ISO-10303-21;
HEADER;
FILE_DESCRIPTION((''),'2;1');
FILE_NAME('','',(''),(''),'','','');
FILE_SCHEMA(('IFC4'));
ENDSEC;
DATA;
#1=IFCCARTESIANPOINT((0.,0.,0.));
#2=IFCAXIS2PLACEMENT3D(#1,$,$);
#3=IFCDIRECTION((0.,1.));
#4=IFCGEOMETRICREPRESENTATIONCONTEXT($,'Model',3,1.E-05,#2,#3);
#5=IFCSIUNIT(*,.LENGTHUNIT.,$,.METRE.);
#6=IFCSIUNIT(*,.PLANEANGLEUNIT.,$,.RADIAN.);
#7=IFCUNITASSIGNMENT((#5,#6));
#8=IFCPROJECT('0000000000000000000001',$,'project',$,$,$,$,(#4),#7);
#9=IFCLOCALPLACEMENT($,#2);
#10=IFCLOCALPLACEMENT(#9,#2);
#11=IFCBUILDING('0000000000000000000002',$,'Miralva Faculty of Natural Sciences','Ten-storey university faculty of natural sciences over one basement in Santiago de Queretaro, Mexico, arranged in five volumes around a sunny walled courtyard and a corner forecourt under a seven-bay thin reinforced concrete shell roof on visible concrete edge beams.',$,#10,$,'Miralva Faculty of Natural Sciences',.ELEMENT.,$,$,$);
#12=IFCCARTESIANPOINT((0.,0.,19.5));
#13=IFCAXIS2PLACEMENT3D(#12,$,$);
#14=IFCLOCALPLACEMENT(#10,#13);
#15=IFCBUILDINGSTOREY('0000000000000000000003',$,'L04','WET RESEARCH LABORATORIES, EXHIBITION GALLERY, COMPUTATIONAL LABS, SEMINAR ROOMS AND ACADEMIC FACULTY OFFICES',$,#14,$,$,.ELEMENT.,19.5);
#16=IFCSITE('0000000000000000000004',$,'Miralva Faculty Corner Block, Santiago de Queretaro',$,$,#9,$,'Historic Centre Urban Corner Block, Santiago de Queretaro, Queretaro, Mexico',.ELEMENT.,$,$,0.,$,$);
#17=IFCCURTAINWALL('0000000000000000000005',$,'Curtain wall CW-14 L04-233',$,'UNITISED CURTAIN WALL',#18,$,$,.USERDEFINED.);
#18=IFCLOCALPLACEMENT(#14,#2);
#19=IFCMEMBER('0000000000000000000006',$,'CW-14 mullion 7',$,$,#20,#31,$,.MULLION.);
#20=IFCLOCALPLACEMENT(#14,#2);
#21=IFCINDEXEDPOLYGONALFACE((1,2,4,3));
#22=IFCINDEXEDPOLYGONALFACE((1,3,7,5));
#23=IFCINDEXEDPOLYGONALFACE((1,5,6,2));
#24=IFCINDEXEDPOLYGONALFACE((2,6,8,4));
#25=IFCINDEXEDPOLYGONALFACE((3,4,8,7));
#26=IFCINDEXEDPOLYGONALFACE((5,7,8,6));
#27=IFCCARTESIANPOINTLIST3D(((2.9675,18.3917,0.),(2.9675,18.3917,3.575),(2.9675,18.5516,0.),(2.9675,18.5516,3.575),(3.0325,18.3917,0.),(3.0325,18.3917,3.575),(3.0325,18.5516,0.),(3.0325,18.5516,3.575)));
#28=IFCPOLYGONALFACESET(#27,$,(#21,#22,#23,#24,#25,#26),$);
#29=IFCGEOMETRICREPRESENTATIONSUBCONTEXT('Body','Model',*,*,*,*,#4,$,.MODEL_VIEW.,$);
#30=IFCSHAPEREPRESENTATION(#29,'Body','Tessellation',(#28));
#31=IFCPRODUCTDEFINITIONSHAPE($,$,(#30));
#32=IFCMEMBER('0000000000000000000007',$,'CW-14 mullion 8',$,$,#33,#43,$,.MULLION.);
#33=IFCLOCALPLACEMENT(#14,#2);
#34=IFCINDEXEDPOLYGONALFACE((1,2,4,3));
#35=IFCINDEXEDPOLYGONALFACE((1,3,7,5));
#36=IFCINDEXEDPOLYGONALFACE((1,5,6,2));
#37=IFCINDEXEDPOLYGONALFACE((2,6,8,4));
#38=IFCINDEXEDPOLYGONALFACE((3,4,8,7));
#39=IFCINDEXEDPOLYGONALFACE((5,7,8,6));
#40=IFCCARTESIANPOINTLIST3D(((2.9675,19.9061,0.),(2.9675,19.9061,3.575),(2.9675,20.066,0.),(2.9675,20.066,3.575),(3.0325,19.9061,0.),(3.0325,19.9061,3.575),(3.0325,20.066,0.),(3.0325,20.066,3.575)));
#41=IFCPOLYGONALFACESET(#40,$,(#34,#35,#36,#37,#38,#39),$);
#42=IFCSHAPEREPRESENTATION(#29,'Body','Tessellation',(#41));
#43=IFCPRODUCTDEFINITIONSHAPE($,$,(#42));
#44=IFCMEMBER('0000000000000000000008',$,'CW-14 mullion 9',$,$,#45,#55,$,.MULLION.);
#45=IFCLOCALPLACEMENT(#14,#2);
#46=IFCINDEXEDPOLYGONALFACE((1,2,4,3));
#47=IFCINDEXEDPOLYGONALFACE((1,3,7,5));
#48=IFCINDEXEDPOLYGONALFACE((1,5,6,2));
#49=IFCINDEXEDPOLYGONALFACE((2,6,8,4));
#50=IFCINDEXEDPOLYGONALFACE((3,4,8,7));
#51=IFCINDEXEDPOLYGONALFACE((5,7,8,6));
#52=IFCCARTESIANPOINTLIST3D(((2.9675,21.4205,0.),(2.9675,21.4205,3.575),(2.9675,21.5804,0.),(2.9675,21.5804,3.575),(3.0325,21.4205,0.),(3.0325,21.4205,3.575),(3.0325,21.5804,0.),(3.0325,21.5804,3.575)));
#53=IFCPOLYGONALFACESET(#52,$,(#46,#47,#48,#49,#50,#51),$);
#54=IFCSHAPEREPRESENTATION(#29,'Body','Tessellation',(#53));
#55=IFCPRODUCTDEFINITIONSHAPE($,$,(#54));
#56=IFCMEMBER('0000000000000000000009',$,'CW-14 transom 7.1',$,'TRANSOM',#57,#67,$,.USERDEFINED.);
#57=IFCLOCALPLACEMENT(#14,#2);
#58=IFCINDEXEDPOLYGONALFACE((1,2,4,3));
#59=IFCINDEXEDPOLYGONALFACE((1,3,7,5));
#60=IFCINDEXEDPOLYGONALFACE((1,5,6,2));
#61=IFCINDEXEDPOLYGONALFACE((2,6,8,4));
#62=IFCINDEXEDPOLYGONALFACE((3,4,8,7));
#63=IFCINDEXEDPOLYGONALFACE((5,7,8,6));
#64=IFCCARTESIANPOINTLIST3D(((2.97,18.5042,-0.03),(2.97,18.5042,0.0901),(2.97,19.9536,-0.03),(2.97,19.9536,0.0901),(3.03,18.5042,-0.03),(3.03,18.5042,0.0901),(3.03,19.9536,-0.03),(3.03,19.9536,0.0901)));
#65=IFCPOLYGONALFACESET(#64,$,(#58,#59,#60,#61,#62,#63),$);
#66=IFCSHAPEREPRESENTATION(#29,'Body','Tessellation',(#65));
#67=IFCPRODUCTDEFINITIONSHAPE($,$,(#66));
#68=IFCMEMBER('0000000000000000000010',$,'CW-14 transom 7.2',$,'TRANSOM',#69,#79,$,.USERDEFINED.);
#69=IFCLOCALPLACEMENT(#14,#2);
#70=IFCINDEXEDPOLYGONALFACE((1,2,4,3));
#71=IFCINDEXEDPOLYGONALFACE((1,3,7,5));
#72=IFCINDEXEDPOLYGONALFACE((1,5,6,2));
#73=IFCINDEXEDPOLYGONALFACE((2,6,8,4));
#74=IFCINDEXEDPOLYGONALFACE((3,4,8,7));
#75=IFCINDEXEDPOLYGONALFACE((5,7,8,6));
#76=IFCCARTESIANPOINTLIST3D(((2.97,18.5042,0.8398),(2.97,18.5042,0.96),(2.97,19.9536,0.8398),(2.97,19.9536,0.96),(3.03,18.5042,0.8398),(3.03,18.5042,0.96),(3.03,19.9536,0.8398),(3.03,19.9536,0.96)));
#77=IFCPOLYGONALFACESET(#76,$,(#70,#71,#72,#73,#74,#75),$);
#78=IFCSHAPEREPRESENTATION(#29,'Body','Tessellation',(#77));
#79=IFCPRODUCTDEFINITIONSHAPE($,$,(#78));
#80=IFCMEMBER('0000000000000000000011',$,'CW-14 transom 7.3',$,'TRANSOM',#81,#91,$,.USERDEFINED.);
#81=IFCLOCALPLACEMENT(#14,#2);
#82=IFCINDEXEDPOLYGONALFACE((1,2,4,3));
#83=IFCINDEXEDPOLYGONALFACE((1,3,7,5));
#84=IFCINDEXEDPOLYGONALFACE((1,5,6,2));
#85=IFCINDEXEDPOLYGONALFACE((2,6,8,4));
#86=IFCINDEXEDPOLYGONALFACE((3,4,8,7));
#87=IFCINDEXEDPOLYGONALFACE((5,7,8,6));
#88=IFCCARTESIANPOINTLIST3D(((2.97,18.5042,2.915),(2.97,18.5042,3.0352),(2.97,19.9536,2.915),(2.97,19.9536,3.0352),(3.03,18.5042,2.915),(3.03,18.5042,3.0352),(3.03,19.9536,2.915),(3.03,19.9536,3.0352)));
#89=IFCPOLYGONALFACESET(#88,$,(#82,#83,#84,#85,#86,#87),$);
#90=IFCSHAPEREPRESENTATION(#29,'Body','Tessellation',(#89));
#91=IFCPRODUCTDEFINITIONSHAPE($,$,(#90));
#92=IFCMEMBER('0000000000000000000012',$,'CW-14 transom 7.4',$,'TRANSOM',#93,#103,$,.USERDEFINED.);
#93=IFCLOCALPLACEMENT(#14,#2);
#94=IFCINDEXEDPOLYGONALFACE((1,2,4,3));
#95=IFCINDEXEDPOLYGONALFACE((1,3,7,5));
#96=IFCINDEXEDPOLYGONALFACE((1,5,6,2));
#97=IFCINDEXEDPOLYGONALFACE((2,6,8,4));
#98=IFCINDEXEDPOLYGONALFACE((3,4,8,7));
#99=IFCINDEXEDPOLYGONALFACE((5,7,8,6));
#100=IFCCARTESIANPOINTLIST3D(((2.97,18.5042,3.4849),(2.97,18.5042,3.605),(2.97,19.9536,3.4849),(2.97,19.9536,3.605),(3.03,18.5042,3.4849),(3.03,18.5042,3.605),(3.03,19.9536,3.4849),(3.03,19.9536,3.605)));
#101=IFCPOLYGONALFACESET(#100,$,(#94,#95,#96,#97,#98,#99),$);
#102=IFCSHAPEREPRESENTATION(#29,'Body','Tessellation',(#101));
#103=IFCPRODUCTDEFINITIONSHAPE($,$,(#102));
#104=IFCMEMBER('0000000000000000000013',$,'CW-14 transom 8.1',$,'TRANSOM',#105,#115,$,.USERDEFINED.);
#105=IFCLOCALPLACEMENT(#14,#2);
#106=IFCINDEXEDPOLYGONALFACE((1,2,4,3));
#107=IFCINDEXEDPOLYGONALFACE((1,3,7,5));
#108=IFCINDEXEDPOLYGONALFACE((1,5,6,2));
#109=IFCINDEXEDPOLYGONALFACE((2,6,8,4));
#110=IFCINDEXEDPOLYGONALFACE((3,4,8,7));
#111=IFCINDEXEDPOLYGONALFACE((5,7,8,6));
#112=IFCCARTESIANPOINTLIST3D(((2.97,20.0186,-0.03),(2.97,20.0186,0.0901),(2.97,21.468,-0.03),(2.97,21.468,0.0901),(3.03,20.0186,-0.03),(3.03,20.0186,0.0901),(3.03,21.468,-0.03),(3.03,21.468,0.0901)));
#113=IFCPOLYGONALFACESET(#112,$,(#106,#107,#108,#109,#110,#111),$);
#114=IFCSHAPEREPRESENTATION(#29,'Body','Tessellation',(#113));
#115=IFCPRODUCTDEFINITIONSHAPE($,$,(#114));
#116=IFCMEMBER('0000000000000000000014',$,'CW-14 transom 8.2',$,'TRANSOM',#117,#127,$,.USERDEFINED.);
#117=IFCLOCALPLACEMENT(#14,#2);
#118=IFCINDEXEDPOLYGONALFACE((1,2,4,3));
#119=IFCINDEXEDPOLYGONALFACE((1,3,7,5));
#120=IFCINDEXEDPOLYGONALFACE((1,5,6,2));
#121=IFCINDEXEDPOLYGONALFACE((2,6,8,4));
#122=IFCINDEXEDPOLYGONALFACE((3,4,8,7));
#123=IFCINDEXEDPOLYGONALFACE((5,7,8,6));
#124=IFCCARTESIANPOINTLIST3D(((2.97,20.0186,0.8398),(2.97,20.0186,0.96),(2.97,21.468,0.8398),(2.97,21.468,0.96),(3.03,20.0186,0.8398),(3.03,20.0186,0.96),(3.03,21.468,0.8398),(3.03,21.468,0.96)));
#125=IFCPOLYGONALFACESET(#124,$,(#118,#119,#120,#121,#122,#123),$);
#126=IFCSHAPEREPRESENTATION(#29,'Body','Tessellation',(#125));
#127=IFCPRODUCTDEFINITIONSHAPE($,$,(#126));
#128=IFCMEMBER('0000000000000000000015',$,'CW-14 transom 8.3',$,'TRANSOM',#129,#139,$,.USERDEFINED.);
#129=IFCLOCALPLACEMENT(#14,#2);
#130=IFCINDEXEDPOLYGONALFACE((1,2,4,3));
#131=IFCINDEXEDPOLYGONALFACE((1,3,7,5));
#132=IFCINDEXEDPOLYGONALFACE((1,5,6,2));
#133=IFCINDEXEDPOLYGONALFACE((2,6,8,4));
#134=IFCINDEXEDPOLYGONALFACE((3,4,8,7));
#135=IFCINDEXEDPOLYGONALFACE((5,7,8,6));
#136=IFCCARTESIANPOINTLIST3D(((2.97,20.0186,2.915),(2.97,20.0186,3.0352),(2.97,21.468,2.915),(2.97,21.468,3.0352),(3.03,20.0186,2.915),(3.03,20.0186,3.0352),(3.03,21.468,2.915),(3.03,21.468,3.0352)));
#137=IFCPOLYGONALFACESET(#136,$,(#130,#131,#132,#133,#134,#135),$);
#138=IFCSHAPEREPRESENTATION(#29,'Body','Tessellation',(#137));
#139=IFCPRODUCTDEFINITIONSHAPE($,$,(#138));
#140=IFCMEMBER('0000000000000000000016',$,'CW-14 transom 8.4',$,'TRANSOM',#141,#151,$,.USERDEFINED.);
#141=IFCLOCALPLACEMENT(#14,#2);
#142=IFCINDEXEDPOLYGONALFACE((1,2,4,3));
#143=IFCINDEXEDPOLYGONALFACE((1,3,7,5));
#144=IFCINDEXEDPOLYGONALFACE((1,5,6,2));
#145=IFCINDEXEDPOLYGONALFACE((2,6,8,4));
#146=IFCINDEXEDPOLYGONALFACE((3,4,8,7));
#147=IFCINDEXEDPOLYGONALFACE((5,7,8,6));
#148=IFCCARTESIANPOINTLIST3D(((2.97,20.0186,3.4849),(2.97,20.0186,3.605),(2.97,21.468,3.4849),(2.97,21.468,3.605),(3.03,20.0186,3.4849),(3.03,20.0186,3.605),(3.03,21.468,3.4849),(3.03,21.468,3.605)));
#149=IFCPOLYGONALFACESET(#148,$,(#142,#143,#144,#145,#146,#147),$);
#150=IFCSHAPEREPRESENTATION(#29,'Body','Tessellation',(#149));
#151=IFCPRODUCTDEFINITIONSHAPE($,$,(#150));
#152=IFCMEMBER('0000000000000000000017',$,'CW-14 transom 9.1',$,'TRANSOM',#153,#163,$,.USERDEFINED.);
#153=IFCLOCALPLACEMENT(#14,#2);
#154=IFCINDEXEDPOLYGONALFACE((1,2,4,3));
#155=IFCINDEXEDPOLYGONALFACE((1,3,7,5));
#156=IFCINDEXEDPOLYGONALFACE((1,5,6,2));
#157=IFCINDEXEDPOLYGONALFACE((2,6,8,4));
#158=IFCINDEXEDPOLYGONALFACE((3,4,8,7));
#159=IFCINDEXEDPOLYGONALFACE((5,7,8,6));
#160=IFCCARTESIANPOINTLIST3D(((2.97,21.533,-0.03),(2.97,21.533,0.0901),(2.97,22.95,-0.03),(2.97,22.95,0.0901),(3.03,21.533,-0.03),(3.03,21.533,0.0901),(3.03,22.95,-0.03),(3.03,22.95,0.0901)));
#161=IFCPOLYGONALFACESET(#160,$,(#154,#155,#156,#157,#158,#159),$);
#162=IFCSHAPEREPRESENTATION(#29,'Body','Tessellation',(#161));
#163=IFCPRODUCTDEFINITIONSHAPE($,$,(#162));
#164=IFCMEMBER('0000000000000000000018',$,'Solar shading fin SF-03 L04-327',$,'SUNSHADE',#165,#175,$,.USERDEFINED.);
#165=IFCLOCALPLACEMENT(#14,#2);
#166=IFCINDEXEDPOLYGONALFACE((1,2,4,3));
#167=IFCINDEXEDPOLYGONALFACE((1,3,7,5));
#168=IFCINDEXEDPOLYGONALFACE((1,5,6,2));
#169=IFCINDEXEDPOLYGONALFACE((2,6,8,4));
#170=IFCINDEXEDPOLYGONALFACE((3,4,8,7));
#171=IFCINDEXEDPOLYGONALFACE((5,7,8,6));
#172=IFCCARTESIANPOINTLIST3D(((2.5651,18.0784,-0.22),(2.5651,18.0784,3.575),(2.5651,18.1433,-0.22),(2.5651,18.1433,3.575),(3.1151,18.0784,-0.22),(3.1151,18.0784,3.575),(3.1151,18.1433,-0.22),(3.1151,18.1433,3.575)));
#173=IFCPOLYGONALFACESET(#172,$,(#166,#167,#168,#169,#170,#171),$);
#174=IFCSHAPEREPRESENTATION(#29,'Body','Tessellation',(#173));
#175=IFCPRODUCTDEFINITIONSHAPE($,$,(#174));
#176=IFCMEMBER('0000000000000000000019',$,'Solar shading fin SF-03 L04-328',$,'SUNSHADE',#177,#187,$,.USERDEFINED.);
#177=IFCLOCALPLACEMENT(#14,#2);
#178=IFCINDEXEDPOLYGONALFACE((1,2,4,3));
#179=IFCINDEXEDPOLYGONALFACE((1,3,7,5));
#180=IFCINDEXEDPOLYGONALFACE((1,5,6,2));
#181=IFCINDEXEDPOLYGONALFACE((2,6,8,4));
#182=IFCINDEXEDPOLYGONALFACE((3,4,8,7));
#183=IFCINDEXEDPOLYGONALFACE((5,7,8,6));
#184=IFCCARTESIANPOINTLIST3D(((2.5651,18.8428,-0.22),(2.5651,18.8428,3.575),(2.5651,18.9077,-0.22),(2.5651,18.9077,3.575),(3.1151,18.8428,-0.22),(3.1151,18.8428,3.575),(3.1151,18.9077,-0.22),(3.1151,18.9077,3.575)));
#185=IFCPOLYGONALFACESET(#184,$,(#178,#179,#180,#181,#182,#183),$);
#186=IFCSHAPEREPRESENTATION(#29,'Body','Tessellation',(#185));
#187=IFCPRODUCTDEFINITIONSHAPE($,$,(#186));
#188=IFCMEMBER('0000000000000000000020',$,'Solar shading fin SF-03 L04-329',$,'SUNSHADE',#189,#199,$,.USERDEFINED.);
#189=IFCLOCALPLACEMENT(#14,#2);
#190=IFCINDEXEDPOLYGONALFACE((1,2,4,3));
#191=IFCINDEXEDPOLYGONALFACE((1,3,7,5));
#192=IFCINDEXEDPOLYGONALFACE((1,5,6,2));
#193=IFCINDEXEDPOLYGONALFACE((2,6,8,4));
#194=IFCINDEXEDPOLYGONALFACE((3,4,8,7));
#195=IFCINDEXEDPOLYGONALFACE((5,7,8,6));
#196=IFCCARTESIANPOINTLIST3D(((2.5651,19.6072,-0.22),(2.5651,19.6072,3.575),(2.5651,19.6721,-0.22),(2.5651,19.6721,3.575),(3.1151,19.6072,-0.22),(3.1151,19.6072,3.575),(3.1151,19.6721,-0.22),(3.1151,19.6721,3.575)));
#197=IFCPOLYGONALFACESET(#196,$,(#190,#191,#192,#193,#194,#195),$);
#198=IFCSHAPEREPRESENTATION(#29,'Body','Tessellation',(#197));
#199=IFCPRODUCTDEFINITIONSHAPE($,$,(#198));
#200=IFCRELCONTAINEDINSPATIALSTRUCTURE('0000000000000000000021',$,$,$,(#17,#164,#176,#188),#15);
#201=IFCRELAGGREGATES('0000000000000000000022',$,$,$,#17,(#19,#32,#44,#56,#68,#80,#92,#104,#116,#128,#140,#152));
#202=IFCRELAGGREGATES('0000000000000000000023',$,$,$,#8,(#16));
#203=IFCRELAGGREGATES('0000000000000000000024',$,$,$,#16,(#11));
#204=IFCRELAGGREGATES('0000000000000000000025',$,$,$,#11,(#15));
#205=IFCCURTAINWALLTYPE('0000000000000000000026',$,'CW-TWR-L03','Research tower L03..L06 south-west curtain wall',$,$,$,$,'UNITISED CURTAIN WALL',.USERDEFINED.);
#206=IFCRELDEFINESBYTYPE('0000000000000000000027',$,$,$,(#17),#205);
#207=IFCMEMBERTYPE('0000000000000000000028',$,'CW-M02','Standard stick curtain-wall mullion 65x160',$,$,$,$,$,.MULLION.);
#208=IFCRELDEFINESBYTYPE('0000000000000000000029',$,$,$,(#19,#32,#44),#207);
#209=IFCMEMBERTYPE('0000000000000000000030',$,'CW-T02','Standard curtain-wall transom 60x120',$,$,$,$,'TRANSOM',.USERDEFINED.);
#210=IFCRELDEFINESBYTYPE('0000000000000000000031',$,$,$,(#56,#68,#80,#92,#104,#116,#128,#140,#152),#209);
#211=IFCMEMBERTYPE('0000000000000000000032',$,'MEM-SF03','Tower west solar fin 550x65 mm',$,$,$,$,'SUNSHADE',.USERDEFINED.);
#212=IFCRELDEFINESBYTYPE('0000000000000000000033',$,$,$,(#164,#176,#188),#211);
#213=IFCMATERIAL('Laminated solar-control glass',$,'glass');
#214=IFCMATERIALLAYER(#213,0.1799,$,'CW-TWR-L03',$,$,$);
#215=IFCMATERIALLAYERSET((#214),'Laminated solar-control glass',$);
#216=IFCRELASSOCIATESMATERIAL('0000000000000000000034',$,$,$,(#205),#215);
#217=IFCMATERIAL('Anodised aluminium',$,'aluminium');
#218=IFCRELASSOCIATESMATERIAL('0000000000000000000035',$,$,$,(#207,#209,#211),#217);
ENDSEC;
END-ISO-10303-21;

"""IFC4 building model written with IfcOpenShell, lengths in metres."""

from ifc_helpers import new_model, si_unit, direction, frame, origin, origin_2d, place, context, subcontext, project, spatial, rectangle, extrude, material, layer, layer_set, material_profile, profile_set, type_object, element, aggregate, save


model = new_model("IFC4")

# Units and contexts
model_context = context("Model", 3, precision=1e-05, world=origin(), true_north=direction((0.0, 1.0)))
body_context = subcontext(model_context, "Body", "Model", "MODEL_VIEW")
ifc_project = project(units=[si_unit("LENGTHUNIT", "METRE"), si_unit("PLANEANGLEUNIT", "RADIAN")], contexts=[model_context])

# Site, building, storey
site_placement = place(None, origin())
site = spatial("IfcSite", under=ifc_project, at=site_placement, Name="Miralva Faculty Corner Block, Santiago de Queretaro", LongName="Historic Centre Urban Corner Block, Santiago de Queretaro, Queretaro, Mexico", CompositionType="ELEMENT", RefElevation=0.0)
building_placement = place(site_placement, origin())
building = spatial("IfcBuilding", under=site, at=building_placement, Name="Miralva Faculty of Natural Sciences", Description="Ten-storey university faculty of natural sciences over one basement in Santiago de Queretaro, Mexico, arranged in five volumes around a sunny walled courtyard and a corner forecourt under a seven-bay thin reinforced concrete shell roof on visible concrete edge beams.", LongName="Miralva Faculty of Natural Sciences", CompositionType="ELEMENT")
storey_placement = place(building_placement, frame((0.0, 0.0, 19.5)))
storey = spatial("IfcBuildingStorey", under=building, at=storey_placement, Name="L04", Description="WET RESEARCH LABORATORIES, EXHIBITION GALLERY, COMPUTATIONAL LABS, SEMINAR ROOMS AND ACADEMIC FACULTY OFFICES", CompositionType="ELEMENT", Elevation=19.5)

# Curtain wall, members
ifc_material_1 = material(Name="Laminated solar-control glass", Category="glass")
ifc_layer_1 = layer(ifc_material_1, 0.1799, Name="CW-TWR-L03")
ifc_layer_set_1 = layer_set([ifc_layer_1], Name="Laminated solar-control glass")
curtain_wall_type = type_object("IfcCurtainWallType", Name="CW-TWR-L03", Description="Research tower L03..L06 south-west curtain wall", ElementType="UNITISED CURTAIN WALL", PredefinedType="USERDEFINED", material=ifc_layer_set_1)
curtain_wall_placement = place(storey_placement, origin())
curtain_wall = element("IfcCurtainWall", 1, at=curtain_wall_placement, inside=storey, type_object=curtain_wall_type, Name="Curtain wall CW-14 L04-233", ObjectType="UNITISED CURTAIN WALL", PredefinedType="USERDEFINED")
ifc_material_2 = material(Name="Anodised aluminium", Category="aluminium")
ifc_material_profile_1 = material_profile(ifc_material_2, rectangle(XDim=0.0649, YDim=0.1599, at=origin_2d()), Name="MULLION 65x160")
ifc_profile_set_1 = profile_set([ifc_material_profile_1], Name="Anodised aluminium")
member_type_1 = type_object("IfcMemberType", Name="CW-M02", Description="Standard stick curtain-wall mullion 65x160", PredefinedType="MULLION", material=ifc_profile_set_1)
member_1_placement = place(storey_placement, frame((3.0, 18.4717, 0.0), z_axis=(0.0, 0.0, 1.0), x_axis=(-1.0, 0.0, 0.0)))
member_1 = element("IfcMember", 2, at=member_1_placement, type_object=member_type_1, Name="CW-14 mullion 7", PredefinedType="MULLION", context=body_context, shape_type="SweptSolid", body=[
    extrude(rectangle(XDim=0.0649, YDim=0.1599, at=origin_2d()), origin(), (0.0, 0.0, 1.0), 3.575),
])
member_2_placement = place(storey_placement, frame((3.0, 19.9861, 0.0), z_axis=(0.0, 0.0, 1.0), x_axis=(-1.0, 0.0, 0.0)))
member_2 = element("IfcMember", 3, at=member_2_placement, type_object=member_type_1, Name="CW-14 mullion 8", PredefinedType="MULLION", context=body_context, shape_type="SweptSolid", body=[
    extrude(rectangle(XDim=0.0649, YDim=0.1599, at=origin_2d()), origin(), (0.0, 0.0, 1.0), 3.575),
])
member_3_placement = place(storey_placement, frame((3.0, 21.5005, 0.0), z_axis=(0.0, 0.0, 1.0), x_axis=(-1.0, 0.0, 0.0)))
member_3 = element("IfcMember", 4, at=member_3_placement, type_object=member_type_1, Name="CW-14 mullion 9", PredefinedType="MULLION", context=body_context, shape_type="SweptSolid", body=[
    extrude(rectangle(XDim=0.0649, YDim=0.1599, at=origin_2d()), origin(), (0.0, 0.0, 1.0), 3.575),
])
ifc_material_profile_2 = material_profile(ifc_material_2, rectangle(XDim=0.0601, YDim=0.1201, at=origin_2d()), Name="TRANSOM 60x120")
ifc_profile_set_2 = profile_set([ifc_material_profile_2], Name="Anodised aluminium")
member_type_2 = type_object("IfcMemberType", Name="CW-T02", Description="Standard curtain-wall transom 60x120", ElementType="TRANSOM", PredefinedType="USERDEFINED", material=ifc_profile_set_2)
member_4_placement = place(storey_placement, frame((3.0, 18.5042, 0.03), z_axis=(0.0, 1.0, 0.0), x_axis=(-1.0, 0.0, 0.0)))
member_4 = element("IfcMember", 5, at=member_4_placement, type_object=member_type_2, Name="CW-14 transom 7.1", ObjectType="TRANSOM", PredefinedType="USERDEFINED", context=body_context, shape_type="SweptSolid", body=[
    extrude(rectangle(XDim=0.0601, YDim=0.1201, at=origin_2d()), origin(), (0.0, 0.0, 1.0), 1.4495),
])
member_5_placement = place(storey_placement, frame((3.0, 18.5042, 0.8999), z_axis=(0.0, 1.0, 0.0), x_axis=(-1.0, 0.0, 0.0)))
member_5 = element("IfcMember", 6, at=member_5_placement, type_object=member_type_2, Name="CW-14 transom 7.2", ObjectType="TRANSOM", PredefinedType="USERDEFINED", context=body_context, shape_type="SweptSolid", body=[
    extrude(rectangle(XDim=0.0601, YDim=0.1201, at=origin_2d()), origin(), (0.0, 0.0, 1.0), 1.4495),
])
member_6_placement = place(storey_placement, frame((3.0, 18.5042, 2.9751), z_axis=(0.0, 1.0, 0.0), x_axis=(-1.0, 0.0, 0.0)))
member_6 = element("IfcMember", 7, at=member_6_placement, type_object=member_type_2, Name="CW-14 transom 7.3", ObjectType="TRANSOM", PredefinedType="USERDEFINED", context=body_context, shape_type="SweptSolid", body=[
    extrude(rectangle(XDim=0.0601, YDim=0.1201, at=origin_2d()), origin(), (0.0, 0.0, 1.0), 1.4495),
])
member_7_placement = place(storey_placement, frame((3.0, 18.5042, 3.5449), z_axis=(0.0, 1.0, 0.0), x_axis=(-1.0, 0.0, 0.0)))
member_7 = element("IfcMember", 8, at=member_7_placement, type_object=member_type_2, Name="CW-14 transom 7.4", ObjectType="TRANSOM", PredefinedType="USERDEFINED", context=body_context, shape_type="SweptSolid", body=[
    extrude(rectangle(XDim=0.0601, YDim=0.1201, at=origin_2d()), origin(), (0.0, 0.0, 1.0), 1.4495),
])
member_8_placement = place(storey_placement, frame((3.0, 20.0186, 0.03), z_axis=(0.0, 1.0, 0.0), x_axis=(-1.0, 0.0, 0.0)))
member_8 = element("IfcMember", 9, at=member_8_placement, type_object=member_type_2, Name="CW-14 transom 8.1", ObjectType="TRANSOM", PredefinedType="USERDEFINED", context=body_context, shape_type="SweptSolid", body=[
    extrude(rectangle(XDim=0.0601, YDim=0.1201, at=origin_2d()), origin(), (0.0, 0.0, 1.0), 1.4495),
])
member_9_placement = place(storey_placement, frame((3.0, 20.0186, 0.8999), z_axis=(0.0, 1.0, 0.0), x_axis=(-1.0, 0.0, 0.0)))
member_9 = element("IfcMember", 10, at=member_9_placement, type_object=member_type_2, Name="CW-14 transom 8.2", ObjectType="TRANSOM", PredefinedType="USERDEFINED", context=body_context, shape_type="SweptSolid", body=[
    extrude(rectangle(XDim=0.0601, YDim=0.1201, at=origin_2d()), origin(), (0.0, 0.0, 1.0), 1.4495),
])
member_10_placement = place(storey_placement, frame((3.0, 20.0186, 2.9751), z_axis=(0.0, 1.0, 0.0), x_axis=(-1.0, 0.0, 0.0)))
member_10 = element("IfcMember", 11, at=member_10_placement, type_object=member_type_2, Name="CW-14 transom 8.3", ObjectType="TRANSOM", PredefinedType="USERDEFINED", context=body_context, shape_type="SweptSolid", body=[
    extrude(rectangle(XDim=0.0601, YDim=0.1201, at=origin_2d()), origin(), (0.0, 0.0, 1.0), 1.4495),
])
member_11_placement = place(storey_placement, frame((3.0, 20.0186, 3.5449), z_axis=(0.0, 1.0, 0.0), x_axis=(-1.0, 0.0, 0.0)))
member_11 = element("IfcMember", 12, at=member_11_placement, type_object=member_type_2, Name="CW-14 transom 8.4", ObjectType="TRANSOM", PredefinedType="USERDEFINED", context=body_context, shape_type="SweptSolid", body=[
    extrude(rectangle(XDim=0.0601, YDim=0.1201, at=origin_2d()), origin(), (0.0, 0.0, 1.0), 1.4495),
])
member_12_placement = place(storey_placement, frame((3.0, 21.533, 0.03), z_axis=(0.0, 1.0, 0.0), x_axis=(-1.0, 0.0, 0.0)))
member_12 = element("IfcMember", 13, at=member_12_placement, type_object=member_type_2, Name="CW-14 transom 9.1", ObjectType="TRANSOM", PredefinedType="USERDEFINED", context=body_context, shape_type="SweptSolid", body=[
    extrude(rectangle(XDim=0.0601, YDim=0.1201, at=origin_2d()), origin(), (0.0, 0.0, 1.0), 1.417),
])

# Members
ifc_material_profile_3 = material_profile(ifc_material_2, rectangle(XDim=0.0649, YDim=0.55, at=origin_2d()), Name="FIN 550x65")
ifc_profile_set_3 = profile_set([ifc_material_profile_3], Name="Anodised aluminium")
member_type_3 = type_object("IfcMemberType", Name="MEM-SF03", Description="Tower west solar fin 550x65 mm", ElementType="SUNSHADE", PredefinedType="USERDEFINED", material=ifc_profile_set_3)
for number, where, z_axis, x_axis, name in (
    (14, (2.8401, 18.1108, -0.22), (0.0, 0.0, 1.0), (0.0, -1.0, 0.0), "Solar shading fin SF-03 L04-327"),
    (15, (2.8401, 18.8752, -0.22), (0.0, 0.0, 1.0), (0.0, -1.0, 0.0), "Solar shading fin SF-03 L04-328"),
    (16, (2.8401, 19.6396, -0.22), (0.0, 0.0, 1.0), (0.0, -1.0, 0.0), "Solar shading fin SF-03 L04-329"),
):
    element("IfcMember", number, at=place(storey_placement, frame(where, z_axis=z_axis, x_axis=x_axis)), inside=storey, type_object=member_type_3, Name=name, ObjectType="SUNSHADE", PredefinedType="USERDEFINED", context=body_context, shape_type="SweptSolid", body=[
        extrude(rectangle(XDim=0.0649, YDim=0.55, at=origin_2d()), origin(), (0.0, 0.0, 1.0), 3.7949),
    ])

aggregate(curtain_wall, [member_1, member_2, member_3, member_4, member_5, member_6, member_7, member_8, member_9, member_10, member_11, member_12])

save(model, "model.ifc")
